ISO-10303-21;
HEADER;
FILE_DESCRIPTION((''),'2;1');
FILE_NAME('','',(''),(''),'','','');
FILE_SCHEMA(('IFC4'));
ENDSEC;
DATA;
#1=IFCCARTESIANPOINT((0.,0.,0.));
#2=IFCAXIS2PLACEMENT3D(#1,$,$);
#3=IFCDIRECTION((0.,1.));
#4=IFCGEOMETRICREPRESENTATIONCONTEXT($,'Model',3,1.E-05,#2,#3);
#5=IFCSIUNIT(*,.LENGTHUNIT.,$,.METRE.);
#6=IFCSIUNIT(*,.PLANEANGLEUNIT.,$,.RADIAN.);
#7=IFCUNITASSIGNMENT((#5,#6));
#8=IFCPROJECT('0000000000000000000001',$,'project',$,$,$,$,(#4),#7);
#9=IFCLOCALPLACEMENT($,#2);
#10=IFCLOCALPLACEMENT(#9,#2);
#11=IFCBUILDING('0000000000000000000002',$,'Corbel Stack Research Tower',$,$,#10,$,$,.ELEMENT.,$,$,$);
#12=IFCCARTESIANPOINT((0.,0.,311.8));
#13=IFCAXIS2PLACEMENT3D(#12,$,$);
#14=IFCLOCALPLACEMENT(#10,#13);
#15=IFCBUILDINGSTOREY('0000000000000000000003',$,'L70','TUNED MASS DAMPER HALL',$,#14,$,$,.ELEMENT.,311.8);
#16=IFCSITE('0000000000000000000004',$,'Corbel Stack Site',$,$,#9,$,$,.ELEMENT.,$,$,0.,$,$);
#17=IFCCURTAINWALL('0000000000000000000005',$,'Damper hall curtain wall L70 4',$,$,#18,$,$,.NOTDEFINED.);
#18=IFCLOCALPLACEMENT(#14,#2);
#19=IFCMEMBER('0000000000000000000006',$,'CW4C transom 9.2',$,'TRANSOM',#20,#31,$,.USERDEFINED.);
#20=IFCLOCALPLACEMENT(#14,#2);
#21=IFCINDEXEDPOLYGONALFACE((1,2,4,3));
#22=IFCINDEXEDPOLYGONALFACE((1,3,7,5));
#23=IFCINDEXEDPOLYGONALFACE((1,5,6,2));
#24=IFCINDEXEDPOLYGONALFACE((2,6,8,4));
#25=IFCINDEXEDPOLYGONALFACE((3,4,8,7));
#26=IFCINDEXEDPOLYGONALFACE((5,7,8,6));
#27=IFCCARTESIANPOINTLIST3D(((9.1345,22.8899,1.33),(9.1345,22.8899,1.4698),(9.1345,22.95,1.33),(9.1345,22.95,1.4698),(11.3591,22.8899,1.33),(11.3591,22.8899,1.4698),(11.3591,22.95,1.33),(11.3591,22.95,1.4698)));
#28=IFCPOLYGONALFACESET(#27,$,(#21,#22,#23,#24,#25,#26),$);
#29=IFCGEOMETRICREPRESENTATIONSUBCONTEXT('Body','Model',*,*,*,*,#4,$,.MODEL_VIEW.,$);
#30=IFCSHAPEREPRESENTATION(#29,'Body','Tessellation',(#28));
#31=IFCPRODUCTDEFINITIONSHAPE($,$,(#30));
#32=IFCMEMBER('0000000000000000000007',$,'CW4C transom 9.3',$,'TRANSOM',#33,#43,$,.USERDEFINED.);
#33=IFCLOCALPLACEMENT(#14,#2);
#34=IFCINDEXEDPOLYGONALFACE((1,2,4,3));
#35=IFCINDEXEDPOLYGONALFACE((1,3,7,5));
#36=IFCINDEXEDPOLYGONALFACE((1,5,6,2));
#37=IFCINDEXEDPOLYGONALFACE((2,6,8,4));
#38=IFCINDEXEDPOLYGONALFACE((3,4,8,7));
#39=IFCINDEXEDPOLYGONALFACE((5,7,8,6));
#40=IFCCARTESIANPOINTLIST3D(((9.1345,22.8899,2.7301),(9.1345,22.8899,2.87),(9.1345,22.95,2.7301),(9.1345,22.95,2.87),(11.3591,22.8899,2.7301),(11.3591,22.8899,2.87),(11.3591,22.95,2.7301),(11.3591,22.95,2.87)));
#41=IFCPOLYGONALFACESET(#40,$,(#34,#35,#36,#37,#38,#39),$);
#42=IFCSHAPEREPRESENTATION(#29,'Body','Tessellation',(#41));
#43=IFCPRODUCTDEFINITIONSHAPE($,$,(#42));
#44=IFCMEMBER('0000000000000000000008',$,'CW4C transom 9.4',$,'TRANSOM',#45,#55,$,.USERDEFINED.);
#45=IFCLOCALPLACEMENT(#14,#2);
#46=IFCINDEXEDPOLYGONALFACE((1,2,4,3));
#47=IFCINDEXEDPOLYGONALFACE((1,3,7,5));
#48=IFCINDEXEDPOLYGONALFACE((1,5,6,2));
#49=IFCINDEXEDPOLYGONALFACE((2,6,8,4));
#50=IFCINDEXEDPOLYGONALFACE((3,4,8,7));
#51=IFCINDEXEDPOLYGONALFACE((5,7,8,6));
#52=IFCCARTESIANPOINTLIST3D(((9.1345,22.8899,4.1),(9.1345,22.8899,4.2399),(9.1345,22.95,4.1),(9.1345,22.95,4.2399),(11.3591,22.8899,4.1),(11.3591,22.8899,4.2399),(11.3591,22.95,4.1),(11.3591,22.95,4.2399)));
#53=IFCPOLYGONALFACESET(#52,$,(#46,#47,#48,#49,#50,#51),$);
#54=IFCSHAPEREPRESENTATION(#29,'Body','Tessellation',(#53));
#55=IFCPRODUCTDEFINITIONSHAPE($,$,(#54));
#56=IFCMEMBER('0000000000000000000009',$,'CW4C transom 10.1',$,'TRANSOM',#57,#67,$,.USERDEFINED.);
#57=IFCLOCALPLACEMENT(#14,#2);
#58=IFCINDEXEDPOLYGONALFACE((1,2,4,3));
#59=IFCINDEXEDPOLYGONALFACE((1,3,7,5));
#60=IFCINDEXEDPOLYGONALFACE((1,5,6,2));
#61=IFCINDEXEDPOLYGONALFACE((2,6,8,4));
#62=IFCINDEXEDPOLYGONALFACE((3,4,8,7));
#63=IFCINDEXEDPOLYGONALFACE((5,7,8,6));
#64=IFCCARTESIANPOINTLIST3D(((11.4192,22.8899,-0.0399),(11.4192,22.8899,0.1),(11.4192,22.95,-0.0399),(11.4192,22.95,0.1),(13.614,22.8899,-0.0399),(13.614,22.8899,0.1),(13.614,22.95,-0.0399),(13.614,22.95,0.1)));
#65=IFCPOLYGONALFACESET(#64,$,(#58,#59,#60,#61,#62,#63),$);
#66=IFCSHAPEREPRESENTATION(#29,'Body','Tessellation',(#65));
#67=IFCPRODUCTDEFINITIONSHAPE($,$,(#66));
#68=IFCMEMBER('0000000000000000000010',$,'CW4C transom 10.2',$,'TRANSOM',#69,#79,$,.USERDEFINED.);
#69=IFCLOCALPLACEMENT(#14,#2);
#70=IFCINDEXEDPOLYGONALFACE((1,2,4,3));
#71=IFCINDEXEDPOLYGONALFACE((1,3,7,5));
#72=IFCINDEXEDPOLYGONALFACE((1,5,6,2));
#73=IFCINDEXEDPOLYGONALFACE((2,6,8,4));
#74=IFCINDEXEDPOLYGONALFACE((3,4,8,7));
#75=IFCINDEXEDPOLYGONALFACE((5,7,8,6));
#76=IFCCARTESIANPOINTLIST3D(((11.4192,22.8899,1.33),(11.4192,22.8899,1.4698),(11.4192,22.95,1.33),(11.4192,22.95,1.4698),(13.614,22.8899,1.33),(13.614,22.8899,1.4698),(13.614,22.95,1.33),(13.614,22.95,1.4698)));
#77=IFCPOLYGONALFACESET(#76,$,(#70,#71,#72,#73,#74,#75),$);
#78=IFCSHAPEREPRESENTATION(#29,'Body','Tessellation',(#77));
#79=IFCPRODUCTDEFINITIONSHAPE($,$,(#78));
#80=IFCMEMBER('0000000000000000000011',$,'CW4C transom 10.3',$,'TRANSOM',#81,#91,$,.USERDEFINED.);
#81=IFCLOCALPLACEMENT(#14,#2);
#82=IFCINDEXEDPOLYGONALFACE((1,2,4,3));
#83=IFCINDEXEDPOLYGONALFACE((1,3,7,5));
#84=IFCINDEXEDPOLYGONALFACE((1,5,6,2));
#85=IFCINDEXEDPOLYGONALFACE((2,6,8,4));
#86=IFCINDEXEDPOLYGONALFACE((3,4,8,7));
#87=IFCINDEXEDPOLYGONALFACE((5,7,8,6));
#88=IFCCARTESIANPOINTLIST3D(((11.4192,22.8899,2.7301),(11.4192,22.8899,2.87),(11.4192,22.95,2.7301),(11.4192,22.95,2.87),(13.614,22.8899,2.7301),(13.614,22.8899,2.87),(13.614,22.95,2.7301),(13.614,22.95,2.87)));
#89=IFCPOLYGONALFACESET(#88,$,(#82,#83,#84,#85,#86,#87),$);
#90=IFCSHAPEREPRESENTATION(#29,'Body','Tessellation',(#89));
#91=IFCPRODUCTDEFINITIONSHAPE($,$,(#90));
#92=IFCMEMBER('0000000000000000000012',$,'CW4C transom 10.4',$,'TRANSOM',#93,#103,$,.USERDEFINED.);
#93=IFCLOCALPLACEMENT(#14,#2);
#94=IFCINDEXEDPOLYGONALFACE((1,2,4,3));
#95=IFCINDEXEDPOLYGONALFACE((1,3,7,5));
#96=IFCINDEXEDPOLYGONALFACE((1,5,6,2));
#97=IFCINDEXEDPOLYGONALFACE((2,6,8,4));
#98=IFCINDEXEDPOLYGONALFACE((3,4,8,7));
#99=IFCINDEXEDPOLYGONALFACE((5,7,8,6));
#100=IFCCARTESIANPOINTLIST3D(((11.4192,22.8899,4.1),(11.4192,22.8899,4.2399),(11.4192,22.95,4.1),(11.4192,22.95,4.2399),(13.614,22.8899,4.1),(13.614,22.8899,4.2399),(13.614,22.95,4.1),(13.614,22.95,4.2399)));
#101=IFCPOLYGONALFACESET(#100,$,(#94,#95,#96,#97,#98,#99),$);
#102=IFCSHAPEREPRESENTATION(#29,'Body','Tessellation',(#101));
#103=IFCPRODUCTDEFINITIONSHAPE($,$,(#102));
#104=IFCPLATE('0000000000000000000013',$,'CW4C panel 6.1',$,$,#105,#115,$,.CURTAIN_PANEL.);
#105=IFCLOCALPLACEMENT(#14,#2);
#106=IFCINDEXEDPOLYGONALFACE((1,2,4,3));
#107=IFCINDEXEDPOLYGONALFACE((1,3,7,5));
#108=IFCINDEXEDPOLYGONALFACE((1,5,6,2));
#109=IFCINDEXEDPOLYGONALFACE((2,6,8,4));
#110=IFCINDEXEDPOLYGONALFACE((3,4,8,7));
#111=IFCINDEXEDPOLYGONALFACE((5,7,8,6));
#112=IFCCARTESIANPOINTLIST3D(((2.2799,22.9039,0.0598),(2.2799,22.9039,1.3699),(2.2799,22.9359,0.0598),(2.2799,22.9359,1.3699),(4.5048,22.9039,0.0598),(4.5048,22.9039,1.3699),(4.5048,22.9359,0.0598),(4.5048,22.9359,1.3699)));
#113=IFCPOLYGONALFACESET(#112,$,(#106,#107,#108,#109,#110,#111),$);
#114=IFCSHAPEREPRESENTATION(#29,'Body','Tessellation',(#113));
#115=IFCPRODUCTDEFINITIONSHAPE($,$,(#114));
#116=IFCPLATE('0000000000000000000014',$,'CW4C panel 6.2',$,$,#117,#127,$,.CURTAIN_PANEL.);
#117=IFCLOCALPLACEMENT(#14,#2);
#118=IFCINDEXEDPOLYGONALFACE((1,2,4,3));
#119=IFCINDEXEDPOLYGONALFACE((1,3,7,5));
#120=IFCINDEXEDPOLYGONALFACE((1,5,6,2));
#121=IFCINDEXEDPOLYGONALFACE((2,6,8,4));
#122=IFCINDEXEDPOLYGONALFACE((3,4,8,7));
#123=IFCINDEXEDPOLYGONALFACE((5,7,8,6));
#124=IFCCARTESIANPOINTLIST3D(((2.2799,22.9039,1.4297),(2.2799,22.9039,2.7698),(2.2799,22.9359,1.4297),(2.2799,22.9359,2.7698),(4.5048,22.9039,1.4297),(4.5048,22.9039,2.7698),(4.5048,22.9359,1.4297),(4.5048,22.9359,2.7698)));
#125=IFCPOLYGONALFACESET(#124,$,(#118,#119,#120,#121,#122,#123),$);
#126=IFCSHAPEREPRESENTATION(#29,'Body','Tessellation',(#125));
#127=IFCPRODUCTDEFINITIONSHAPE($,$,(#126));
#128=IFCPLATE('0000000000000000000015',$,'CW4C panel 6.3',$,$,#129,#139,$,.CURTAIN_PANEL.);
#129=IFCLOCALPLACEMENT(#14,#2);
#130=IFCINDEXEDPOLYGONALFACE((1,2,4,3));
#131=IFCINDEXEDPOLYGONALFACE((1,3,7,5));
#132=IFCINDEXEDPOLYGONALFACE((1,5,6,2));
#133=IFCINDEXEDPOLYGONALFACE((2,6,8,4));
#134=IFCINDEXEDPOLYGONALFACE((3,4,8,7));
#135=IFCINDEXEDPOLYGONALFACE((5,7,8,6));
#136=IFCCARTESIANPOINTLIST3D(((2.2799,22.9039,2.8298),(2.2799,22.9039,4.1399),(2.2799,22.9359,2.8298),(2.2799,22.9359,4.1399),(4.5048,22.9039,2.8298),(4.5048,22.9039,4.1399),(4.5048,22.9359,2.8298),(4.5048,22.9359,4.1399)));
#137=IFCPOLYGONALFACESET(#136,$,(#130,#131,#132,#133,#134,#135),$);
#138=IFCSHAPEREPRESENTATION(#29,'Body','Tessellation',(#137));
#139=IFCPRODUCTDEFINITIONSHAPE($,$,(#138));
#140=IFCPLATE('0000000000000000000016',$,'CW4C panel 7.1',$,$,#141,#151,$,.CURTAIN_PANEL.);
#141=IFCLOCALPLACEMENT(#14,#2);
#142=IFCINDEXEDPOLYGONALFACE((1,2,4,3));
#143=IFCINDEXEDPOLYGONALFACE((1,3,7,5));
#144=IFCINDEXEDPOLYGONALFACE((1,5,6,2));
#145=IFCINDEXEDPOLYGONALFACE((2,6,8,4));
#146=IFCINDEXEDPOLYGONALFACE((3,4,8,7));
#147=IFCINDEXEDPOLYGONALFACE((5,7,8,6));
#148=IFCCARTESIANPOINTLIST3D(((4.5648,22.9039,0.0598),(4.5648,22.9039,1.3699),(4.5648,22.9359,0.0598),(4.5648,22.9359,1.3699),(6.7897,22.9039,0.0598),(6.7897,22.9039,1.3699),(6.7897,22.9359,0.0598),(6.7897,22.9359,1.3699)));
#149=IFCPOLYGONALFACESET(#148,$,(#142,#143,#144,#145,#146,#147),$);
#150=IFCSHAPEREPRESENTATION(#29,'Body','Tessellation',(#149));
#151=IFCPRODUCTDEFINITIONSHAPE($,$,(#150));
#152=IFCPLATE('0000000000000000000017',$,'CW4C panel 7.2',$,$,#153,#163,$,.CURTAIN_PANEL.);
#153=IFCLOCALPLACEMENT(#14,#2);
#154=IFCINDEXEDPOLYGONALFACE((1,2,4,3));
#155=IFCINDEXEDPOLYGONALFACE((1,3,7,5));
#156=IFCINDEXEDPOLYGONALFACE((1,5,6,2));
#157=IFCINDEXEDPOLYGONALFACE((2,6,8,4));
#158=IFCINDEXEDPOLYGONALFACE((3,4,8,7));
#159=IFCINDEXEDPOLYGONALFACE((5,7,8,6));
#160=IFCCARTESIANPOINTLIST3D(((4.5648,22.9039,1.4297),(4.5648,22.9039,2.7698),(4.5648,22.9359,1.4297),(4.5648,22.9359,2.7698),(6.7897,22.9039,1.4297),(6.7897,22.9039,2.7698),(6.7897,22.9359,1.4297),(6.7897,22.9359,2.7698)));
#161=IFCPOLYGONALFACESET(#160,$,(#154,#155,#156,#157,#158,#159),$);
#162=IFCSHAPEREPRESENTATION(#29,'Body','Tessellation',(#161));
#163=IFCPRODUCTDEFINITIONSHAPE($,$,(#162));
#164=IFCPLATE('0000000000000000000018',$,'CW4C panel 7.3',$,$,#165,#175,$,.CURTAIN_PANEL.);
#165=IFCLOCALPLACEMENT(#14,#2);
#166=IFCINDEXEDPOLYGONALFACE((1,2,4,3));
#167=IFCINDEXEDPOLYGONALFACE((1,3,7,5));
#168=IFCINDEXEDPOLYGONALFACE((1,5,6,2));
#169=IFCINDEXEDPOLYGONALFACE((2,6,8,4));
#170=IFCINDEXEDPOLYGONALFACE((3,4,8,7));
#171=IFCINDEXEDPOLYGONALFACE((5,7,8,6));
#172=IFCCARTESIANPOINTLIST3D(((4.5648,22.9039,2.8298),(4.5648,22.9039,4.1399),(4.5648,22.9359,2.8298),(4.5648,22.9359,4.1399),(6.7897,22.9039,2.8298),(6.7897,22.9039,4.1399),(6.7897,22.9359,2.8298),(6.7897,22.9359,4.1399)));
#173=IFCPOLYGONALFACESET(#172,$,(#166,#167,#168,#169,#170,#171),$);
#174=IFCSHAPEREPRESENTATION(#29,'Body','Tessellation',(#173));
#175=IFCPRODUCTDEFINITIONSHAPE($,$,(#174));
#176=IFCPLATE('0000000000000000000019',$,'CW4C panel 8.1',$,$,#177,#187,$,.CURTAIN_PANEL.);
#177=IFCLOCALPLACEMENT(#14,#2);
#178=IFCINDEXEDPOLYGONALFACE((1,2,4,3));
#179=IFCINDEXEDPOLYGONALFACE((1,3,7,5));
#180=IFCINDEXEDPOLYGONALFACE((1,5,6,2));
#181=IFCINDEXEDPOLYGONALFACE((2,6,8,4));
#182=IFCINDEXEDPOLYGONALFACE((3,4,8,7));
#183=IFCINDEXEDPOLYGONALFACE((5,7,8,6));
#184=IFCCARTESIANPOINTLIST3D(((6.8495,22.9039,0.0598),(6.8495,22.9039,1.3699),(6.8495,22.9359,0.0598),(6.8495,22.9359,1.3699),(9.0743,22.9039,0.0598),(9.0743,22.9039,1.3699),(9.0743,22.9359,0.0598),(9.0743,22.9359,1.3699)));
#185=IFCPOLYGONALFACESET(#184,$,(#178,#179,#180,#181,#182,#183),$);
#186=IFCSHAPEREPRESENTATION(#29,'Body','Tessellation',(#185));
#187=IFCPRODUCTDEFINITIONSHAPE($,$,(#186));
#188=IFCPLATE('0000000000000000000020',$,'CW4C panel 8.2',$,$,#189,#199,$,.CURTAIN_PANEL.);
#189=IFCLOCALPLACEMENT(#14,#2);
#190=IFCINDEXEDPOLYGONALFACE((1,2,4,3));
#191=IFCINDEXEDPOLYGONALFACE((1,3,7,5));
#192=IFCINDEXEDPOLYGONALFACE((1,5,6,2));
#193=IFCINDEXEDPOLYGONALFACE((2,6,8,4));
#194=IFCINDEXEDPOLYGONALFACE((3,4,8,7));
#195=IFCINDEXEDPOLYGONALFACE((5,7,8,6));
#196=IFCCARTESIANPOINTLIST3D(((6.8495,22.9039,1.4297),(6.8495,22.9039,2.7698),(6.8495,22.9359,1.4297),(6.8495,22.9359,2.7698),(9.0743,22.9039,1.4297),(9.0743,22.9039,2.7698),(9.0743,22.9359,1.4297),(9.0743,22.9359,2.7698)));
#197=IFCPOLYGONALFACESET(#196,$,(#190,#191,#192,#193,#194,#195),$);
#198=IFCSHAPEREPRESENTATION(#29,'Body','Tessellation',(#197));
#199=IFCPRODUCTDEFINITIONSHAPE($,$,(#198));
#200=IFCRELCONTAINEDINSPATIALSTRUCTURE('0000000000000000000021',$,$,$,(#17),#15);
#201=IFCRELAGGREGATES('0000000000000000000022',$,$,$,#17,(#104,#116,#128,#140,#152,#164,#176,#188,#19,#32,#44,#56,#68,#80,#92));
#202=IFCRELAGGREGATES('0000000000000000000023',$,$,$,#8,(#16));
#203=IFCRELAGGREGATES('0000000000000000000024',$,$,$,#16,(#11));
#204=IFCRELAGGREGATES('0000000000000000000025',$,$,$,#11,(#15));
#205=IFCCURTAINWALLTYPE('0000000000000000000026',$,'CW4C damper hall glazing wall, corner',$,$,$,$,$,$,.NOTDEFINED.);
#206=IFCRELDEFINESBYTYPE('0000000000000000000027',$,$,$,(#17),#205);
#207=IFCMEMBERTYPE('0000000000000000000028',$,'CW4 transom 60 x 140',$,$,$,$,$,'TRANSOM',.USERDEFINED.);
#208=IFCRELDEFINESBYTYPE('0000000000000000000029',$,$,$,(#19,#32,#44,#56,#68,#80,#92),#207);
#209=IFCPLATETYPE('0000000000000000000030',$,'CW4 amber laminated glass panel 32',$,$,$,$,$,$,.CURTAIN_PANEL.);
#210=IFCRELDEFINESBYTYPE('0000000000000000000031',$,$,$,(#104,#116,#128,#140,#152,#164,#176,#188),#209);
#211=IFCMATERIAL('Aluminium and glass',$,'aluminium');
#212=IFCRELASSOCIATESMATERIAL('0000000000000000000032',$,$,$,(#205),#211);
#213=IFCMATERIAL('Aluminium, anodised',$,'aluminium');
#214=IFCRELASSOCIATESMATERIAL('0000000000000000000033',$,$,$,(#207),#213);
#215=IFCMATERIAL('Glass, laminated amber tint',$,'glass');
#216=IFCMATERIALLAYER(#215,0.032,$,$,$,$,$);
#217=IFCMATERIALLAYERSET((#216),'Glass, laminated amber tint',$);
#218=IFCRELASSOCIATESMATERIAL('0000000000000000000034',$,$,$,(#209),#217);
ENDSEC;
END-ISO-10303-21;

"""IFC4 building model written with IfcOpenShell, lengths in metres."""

from ifc_helpers import new_model, si_unit, direction, frame, origin, origin_2d, place, context, subcontext, project, spatial, rectangle, extrude, material, layer, layer_set, material_profile, profile_set, type_object, element, aggregate, save


model = new_model("IFC4")

# Units and contexts
model_context = context("Model", 3, precision=1e-05, world=origin(), true_north=direction((0.0, 1.0)))
body_context = subcontext(model_context, "Body", "Model", "MODEL_VIEW")
ifc_project = project(units=[si_unit("LENGTHUNIT", "METRE"), si_unit("PLANEANGLEUNIT", "RADIAN")], contexts=[model_context])

# Site, building, storey
site_placement = place(None, origin())
site = spatial("IfcSite", under=ifc_project, at=site_placement, Name="Corbel Stack Site", CompositionType="ELEMENT", RefElevation=0.0)
building_placement = place(site_placement, origin())
building = spatial("IfcBuilding", under=site, at=building_placement, Name="Corbel Stack Research Tower", CompositionType="ELEMENT")
storey_placement = place(building_placement, frame((0.0, 0.0, 311.8)))
storey = spatial("IfcBuildingStorey", under=building, at=storey_placement, Name="L70", Description="TUNED MASS DAMPER HALL", CompositionType="ELEMENT", Elevation=311.8)

# Curtain wall, members, plates
ifc_material_1 = material(Name="Aluminium and glass", Category="aluminium")
curtain_wall_type = type_object("IfcCurtainWallType", Name="CW4C damper hall glazing wall, corner", PredefinedType="NOTDEFINED", material=ifc_material_1)
curtain_wall_placement = place(storey_placement, origin())
curtain_wall = element("IfcCurtainWall", 1, at=curtain_wall_placement, inside=storey, type_object=curtain_wall_type, Name="Damper hall curtain wall L70 4", PredefinedType="NOTDEFINED")
ifc_material_2 = material(Name="Aluminium, anodised", Category="aluminium")
ifc_material_profile_1 = material_profile(ifc_material_2, rectangle(XDim=0.0601, YDim=0.1399, at=origin_2d()), Name="CW4 transom 60 x 140")
ifc_profile_set_1 = profile_set([ifc_material_profile_1], Name="Aluminium, anodised")
member_type_1 = type_object("IfcMemberType", Name="CW4 transom 60 x 140", ElementType="TRANSOM", PredefinedType="USERDEFINED", material=ifc_profile_set_1)
member_1_placement = place(storey_placement, frame((9.1345, 22.9199, 1.3999), z_axis=(1.0, 0.0, 0.0), x_axis=(0.0, 1.0, 0.0)))
member_1 = element("IfcMember", 2, at=member_1_placement, type_object=member_type_1, Name="CW4C transom 9.2", ObjectType="TRANSOM", PredefinedType="USERDEFINED", context=body_context, shape_type="SweptSolid", body=[
    extrude(rectangle(XDim=0.0601, YDim=0.1399, at=origin_2d()), origin(), (0.0, 0.0, 1.0), 2.2246),
])
member_2_placement = place(storey_placement, frame((9.1345, 22.9199, 2.8), z_axis=(1.0, 0.0, 0.0), x_axis=(0.0, 1.0, 0.0)))
member_2 = element("IfcMember", 3, at=member_2_placement, type_object=member_type_1, Name="CW4C transom 9.3", ObjectType="TRANSOM", PredefinedType="USERDEFINED", context=body_context, shape_type="SweptSolid", body=[
    extrude(rectangle(XDim=0.0601, YDim=0.1399, at=origin_2d()), origin(), (0.0, 0.0, 1.0), 2.2246),
])
member_3_placement = place(storey_placement, frame((9.1345, 22.9199, 4.1699), z_axis=(1.0, 0.0, 0.0), x_axis=(0.0, 1.0, 0.0)))
member_3 = element("IfcMember", 4, at=member_3_placement, type_object=member_type_1, Name="CW4C transom 9.4", ObjectType="TRANSOM", PredefinedType="USERDEFINED", context=body_context, shape_type="SweptSolid", body=[
    extrude(rectangle(XDim=0.0601, YDim=0.1399, at=origin_2d()), origin(), (0.0, 0.0, 1.0), 2.2246),
])
member_4_placement = place(storey_placement, frame((11.4192, 22.9199, 0.03), z_axis=(1.0, 0.0, 0.0), x_axis=(0.0, 1.0, 0.0)))
member_4 = element("IfcMember", 5, at=member_4_placement, type_object=member_type_1, Name="CW4C transom 10.1", ObjectType="TRANSOM", PredefinedType="USERDEFINED", context=body_context, shape_type="SweptSolid", body=[
    extrude(rectangle(XDim=0.0601, YDim=0.1399, at=origin_2d()), origin(), (0.0, 0.0, 1.0), 2.1948),
])
member_5_placement = place(storey_placement, frame((11.4192, 22.9199, 1.3999), z_axis=(1.0, 0.0, 0.0), x_axis=(0.0, 1.0, 0.0)))
member_5 = element("IfcMember", 6, at=member_5_placement, type_object=member_type_1, Name="CW4C transom 10.2", ObjectType="TRANSOM", PredefinedType="USERDEFINED", context=body_context, shape_type="SweptSolid", body=[
    extrude(rectangle(XDim=0.0601, YDim=0.1399, at=origin_2d()), origin(), (0.0, 0.0, 1.0), 2.1948),
])
member_6_placement = place(storey_placement, frame((11.4192, 22.9199, 2.8), z_axis=(1.0, 0.0, 0.0), x_axis=(0.0, 1.0, 0.0)))
member_6 = element("IfcMember", 7, at=member_6_placement, type_object=member_type_1, Name="CW4C transom 10.3", ObjectType="TRANSOM", PredefinedType="USERDEFINED", context=body_context, shape_type="SweptSolid", body=[
    extrude(rectangle(XDim=0.0601, YDim=0.1399, at=origin_2d()), origin(), (0.0, 0.0, 1.0), 2.1948),
])
member_7_placement = place(storey_placement, frame((11.4192, 22.9199, 4.1699), z_axis=(1.0, 0.0, 0.0), x_axis=(0.0, 1.0, 0.0)))
member_7 = element("IfcMember", 8, at=member_7_placement, type_object=member_type_1, Name="CW4C transom 10.4", ObjectType="TRANSOM", PredefinedType="USERDEFINED", context=body_context, shape_type="SweptSolid", body=[
    extrude(rectangle(XDim=0.0601, YDim=0.1399, at=origin_2d()), origin(), (0.0, 0.0, 1.0), 2.1948),
])
ifc_material_3 = material(Name="Glass, laminated amber tint", Category="glass")
ifc_layer = layer(ifc_material_3, 0.032)
ifc_layer_set = layer_set([ifc_layer], Name="Glass, laminated amber tint")
plate_type = type_object("IfcPlateType", Name="CW4 amber laminated glass panel 32", PredefinedType="CURTAIN_PANEL", material=ifc_layer_set)
plate_1_placement = place(storey_placement, frame((3.3923, 22.9199, 0.0598), z_axis=(0.0, 0.0, 1.0), x_axis=(1.0, 0.0, 0.0)))
plate_1 = element("IfcPlate", 9, at=plate_1_placement, type_object=plate_type, Name="CW4C panel 6.1", PredefinedType="CURTAIN_PANEL", context=body_context, shape_type="SweptSolid", body=[
    extrude(rectangle(XDim=2.2249, YDim=0.032, at=origin_2d()), origin(), (0.0, 0.0, 1.0), 1.3101),
])
plate_2_placement = place(storey_placement, frame((3.3923, 22.9199, 1.4297), z_axis=(0.0, 0.0, 1.0), x_axis=(1.0, 0.0, 0.0)))
plate_2 = element("IfcPlate", 10, at=plate_2_placement, type_object=plate_type, Name="CW4C panel 6.2", PredefinedType="CURTAIN_PANEL", context=body_context, shape_type="SweptSolid", body=[
    extrude(rectangle(XDim=2.2249, YDim=0.032, at=origin_2d()), origin(), (0.0, 0.0, 1.0), 1.3401),
])
plate_3_placement = place(storey_placement, frame((3.3923, 22.9199, 2.8298), z_axis=(0.0, 0.0, 1.0), x_axis=(1.0, 0.0, 0.0)))
plate_3 = element("IfcPlate", 11, at=plate_3_placement, type_object=plate_type, Name="CW4C panel 6.3", PredefinedType="CURTAIN_PANEL", context=body_context, shape_type="SweptSolid", body=[
    extrude(rectangle(XDim=2.2249, YDim=0.032, at=origin_2d()), origin(), (0.0, 0.0, 1.0), 1.3101),
])
plate_4_placement = place(storey_placement, frame((5.6772, 22.9199, 0.0598), z_axis=(0.0, 0.0, 1.0), x_axis=(1.0, 0.0, 0.0)))
plate_4 = element("IfcPlate", 12, at=plate_4_placement, type_object=plate_type, Name="CW4C panel 7.1", PredefinedType="CURTAIN_PANEL", context=body_context, shape_type="SweptSolid", body=[
    extrude(rectangle(XDim=2.2249, YDim=0.032, at=origin_2d()), origin(), (0.0, 0.0, 1.0), 1.3101),
])
plate_5_placement = place(storey_placement, frame((5.6772, 22.9199, 1.4297), z_axis=(0.0, 0.0, 1.0), x_axis=(1.0, 0.0, 0.0)))
plate_5 = element("IfcPlate", 13, at=plate_5_placement, type_object=plate_type, Name="CW4C panel 7.2", PredefinedType="CURTAIN_PANEL", context=body_context, shape_type="SweptSolid", body=[
    extrude(rectangle(XDim=2.2249, YDim=0.032, at=origin_2d()), origin(), (0.0, 0.0, 1.0), 1.3401),
])
plate_6_placement = place(storey_placement, frame((5.6772, 22.9199, 2.8298), z_axis=(0.0, 0.0, 1.0), x_axis=(1.0, 0.0, 0.0)))
plate_6 = element("IfcPlate", 14, at=plate_6_placement, type_object=plate_type, Name="CW4C panel 7.3", PredefinedType="CURTAIN_PANEL", context=body_context, shape_type="SweptSolid", body=[
    extrude(rectangle(XDim=2.2249, YDim=0.032, at=origin_2d()), origin(), (0.0, 0.0, 1.0), 1.3101),
])
plate_7_placement = place(storey_placement, frame((7.9619, 22.9199, 0.0598), z_axis=(0.0, 0.0, 1.0), x_axis=(1.0, 0.0, 0.0)))
plate_7 = element("IfcPlate", 15, at=plate_7_placement, type_object=plate_type, Name="CW4C panel 8.1", PredefinedType="CURTAIN_PANEL", context=body_context, shape_type="SweptSolid", body=[
    extrude(rectangle(XDim=2.2249, YDim=0.032, at=origin_2d()), origin(), (0.0, 0.0, 1.0), 1.3101),
])
plate_8_placement = place(storey_placement, frame((7.9619, 22.9199, 1.4297), z_axis=(0.0, 0.0, 1.0), x_axis=(1.0, 0.0, 0.0)))
plate_8 = element("IfcPlate", 16, at=plate_8_placement, type_object=plate_type, Name="CW4C panel 8.2", PredefinedType="CURTAIN_PANEL", context=body_context, shape_type="SweptSolid", body=[
    extrude(rectangle(XDim=2.2249, YDim=0.032, at=origin_2d()), origin(), (0.0, 0.0, 1.0), 1.3401),
])
aggregate(curtain_wall, [plate_1, plate_2, plate_3, plate_4, plate_5, plate_6, plate_7, plate_8, member_1, member_2, member_3, member_4, member_5, member_6, member_7])

save(model, "model.ifc")
